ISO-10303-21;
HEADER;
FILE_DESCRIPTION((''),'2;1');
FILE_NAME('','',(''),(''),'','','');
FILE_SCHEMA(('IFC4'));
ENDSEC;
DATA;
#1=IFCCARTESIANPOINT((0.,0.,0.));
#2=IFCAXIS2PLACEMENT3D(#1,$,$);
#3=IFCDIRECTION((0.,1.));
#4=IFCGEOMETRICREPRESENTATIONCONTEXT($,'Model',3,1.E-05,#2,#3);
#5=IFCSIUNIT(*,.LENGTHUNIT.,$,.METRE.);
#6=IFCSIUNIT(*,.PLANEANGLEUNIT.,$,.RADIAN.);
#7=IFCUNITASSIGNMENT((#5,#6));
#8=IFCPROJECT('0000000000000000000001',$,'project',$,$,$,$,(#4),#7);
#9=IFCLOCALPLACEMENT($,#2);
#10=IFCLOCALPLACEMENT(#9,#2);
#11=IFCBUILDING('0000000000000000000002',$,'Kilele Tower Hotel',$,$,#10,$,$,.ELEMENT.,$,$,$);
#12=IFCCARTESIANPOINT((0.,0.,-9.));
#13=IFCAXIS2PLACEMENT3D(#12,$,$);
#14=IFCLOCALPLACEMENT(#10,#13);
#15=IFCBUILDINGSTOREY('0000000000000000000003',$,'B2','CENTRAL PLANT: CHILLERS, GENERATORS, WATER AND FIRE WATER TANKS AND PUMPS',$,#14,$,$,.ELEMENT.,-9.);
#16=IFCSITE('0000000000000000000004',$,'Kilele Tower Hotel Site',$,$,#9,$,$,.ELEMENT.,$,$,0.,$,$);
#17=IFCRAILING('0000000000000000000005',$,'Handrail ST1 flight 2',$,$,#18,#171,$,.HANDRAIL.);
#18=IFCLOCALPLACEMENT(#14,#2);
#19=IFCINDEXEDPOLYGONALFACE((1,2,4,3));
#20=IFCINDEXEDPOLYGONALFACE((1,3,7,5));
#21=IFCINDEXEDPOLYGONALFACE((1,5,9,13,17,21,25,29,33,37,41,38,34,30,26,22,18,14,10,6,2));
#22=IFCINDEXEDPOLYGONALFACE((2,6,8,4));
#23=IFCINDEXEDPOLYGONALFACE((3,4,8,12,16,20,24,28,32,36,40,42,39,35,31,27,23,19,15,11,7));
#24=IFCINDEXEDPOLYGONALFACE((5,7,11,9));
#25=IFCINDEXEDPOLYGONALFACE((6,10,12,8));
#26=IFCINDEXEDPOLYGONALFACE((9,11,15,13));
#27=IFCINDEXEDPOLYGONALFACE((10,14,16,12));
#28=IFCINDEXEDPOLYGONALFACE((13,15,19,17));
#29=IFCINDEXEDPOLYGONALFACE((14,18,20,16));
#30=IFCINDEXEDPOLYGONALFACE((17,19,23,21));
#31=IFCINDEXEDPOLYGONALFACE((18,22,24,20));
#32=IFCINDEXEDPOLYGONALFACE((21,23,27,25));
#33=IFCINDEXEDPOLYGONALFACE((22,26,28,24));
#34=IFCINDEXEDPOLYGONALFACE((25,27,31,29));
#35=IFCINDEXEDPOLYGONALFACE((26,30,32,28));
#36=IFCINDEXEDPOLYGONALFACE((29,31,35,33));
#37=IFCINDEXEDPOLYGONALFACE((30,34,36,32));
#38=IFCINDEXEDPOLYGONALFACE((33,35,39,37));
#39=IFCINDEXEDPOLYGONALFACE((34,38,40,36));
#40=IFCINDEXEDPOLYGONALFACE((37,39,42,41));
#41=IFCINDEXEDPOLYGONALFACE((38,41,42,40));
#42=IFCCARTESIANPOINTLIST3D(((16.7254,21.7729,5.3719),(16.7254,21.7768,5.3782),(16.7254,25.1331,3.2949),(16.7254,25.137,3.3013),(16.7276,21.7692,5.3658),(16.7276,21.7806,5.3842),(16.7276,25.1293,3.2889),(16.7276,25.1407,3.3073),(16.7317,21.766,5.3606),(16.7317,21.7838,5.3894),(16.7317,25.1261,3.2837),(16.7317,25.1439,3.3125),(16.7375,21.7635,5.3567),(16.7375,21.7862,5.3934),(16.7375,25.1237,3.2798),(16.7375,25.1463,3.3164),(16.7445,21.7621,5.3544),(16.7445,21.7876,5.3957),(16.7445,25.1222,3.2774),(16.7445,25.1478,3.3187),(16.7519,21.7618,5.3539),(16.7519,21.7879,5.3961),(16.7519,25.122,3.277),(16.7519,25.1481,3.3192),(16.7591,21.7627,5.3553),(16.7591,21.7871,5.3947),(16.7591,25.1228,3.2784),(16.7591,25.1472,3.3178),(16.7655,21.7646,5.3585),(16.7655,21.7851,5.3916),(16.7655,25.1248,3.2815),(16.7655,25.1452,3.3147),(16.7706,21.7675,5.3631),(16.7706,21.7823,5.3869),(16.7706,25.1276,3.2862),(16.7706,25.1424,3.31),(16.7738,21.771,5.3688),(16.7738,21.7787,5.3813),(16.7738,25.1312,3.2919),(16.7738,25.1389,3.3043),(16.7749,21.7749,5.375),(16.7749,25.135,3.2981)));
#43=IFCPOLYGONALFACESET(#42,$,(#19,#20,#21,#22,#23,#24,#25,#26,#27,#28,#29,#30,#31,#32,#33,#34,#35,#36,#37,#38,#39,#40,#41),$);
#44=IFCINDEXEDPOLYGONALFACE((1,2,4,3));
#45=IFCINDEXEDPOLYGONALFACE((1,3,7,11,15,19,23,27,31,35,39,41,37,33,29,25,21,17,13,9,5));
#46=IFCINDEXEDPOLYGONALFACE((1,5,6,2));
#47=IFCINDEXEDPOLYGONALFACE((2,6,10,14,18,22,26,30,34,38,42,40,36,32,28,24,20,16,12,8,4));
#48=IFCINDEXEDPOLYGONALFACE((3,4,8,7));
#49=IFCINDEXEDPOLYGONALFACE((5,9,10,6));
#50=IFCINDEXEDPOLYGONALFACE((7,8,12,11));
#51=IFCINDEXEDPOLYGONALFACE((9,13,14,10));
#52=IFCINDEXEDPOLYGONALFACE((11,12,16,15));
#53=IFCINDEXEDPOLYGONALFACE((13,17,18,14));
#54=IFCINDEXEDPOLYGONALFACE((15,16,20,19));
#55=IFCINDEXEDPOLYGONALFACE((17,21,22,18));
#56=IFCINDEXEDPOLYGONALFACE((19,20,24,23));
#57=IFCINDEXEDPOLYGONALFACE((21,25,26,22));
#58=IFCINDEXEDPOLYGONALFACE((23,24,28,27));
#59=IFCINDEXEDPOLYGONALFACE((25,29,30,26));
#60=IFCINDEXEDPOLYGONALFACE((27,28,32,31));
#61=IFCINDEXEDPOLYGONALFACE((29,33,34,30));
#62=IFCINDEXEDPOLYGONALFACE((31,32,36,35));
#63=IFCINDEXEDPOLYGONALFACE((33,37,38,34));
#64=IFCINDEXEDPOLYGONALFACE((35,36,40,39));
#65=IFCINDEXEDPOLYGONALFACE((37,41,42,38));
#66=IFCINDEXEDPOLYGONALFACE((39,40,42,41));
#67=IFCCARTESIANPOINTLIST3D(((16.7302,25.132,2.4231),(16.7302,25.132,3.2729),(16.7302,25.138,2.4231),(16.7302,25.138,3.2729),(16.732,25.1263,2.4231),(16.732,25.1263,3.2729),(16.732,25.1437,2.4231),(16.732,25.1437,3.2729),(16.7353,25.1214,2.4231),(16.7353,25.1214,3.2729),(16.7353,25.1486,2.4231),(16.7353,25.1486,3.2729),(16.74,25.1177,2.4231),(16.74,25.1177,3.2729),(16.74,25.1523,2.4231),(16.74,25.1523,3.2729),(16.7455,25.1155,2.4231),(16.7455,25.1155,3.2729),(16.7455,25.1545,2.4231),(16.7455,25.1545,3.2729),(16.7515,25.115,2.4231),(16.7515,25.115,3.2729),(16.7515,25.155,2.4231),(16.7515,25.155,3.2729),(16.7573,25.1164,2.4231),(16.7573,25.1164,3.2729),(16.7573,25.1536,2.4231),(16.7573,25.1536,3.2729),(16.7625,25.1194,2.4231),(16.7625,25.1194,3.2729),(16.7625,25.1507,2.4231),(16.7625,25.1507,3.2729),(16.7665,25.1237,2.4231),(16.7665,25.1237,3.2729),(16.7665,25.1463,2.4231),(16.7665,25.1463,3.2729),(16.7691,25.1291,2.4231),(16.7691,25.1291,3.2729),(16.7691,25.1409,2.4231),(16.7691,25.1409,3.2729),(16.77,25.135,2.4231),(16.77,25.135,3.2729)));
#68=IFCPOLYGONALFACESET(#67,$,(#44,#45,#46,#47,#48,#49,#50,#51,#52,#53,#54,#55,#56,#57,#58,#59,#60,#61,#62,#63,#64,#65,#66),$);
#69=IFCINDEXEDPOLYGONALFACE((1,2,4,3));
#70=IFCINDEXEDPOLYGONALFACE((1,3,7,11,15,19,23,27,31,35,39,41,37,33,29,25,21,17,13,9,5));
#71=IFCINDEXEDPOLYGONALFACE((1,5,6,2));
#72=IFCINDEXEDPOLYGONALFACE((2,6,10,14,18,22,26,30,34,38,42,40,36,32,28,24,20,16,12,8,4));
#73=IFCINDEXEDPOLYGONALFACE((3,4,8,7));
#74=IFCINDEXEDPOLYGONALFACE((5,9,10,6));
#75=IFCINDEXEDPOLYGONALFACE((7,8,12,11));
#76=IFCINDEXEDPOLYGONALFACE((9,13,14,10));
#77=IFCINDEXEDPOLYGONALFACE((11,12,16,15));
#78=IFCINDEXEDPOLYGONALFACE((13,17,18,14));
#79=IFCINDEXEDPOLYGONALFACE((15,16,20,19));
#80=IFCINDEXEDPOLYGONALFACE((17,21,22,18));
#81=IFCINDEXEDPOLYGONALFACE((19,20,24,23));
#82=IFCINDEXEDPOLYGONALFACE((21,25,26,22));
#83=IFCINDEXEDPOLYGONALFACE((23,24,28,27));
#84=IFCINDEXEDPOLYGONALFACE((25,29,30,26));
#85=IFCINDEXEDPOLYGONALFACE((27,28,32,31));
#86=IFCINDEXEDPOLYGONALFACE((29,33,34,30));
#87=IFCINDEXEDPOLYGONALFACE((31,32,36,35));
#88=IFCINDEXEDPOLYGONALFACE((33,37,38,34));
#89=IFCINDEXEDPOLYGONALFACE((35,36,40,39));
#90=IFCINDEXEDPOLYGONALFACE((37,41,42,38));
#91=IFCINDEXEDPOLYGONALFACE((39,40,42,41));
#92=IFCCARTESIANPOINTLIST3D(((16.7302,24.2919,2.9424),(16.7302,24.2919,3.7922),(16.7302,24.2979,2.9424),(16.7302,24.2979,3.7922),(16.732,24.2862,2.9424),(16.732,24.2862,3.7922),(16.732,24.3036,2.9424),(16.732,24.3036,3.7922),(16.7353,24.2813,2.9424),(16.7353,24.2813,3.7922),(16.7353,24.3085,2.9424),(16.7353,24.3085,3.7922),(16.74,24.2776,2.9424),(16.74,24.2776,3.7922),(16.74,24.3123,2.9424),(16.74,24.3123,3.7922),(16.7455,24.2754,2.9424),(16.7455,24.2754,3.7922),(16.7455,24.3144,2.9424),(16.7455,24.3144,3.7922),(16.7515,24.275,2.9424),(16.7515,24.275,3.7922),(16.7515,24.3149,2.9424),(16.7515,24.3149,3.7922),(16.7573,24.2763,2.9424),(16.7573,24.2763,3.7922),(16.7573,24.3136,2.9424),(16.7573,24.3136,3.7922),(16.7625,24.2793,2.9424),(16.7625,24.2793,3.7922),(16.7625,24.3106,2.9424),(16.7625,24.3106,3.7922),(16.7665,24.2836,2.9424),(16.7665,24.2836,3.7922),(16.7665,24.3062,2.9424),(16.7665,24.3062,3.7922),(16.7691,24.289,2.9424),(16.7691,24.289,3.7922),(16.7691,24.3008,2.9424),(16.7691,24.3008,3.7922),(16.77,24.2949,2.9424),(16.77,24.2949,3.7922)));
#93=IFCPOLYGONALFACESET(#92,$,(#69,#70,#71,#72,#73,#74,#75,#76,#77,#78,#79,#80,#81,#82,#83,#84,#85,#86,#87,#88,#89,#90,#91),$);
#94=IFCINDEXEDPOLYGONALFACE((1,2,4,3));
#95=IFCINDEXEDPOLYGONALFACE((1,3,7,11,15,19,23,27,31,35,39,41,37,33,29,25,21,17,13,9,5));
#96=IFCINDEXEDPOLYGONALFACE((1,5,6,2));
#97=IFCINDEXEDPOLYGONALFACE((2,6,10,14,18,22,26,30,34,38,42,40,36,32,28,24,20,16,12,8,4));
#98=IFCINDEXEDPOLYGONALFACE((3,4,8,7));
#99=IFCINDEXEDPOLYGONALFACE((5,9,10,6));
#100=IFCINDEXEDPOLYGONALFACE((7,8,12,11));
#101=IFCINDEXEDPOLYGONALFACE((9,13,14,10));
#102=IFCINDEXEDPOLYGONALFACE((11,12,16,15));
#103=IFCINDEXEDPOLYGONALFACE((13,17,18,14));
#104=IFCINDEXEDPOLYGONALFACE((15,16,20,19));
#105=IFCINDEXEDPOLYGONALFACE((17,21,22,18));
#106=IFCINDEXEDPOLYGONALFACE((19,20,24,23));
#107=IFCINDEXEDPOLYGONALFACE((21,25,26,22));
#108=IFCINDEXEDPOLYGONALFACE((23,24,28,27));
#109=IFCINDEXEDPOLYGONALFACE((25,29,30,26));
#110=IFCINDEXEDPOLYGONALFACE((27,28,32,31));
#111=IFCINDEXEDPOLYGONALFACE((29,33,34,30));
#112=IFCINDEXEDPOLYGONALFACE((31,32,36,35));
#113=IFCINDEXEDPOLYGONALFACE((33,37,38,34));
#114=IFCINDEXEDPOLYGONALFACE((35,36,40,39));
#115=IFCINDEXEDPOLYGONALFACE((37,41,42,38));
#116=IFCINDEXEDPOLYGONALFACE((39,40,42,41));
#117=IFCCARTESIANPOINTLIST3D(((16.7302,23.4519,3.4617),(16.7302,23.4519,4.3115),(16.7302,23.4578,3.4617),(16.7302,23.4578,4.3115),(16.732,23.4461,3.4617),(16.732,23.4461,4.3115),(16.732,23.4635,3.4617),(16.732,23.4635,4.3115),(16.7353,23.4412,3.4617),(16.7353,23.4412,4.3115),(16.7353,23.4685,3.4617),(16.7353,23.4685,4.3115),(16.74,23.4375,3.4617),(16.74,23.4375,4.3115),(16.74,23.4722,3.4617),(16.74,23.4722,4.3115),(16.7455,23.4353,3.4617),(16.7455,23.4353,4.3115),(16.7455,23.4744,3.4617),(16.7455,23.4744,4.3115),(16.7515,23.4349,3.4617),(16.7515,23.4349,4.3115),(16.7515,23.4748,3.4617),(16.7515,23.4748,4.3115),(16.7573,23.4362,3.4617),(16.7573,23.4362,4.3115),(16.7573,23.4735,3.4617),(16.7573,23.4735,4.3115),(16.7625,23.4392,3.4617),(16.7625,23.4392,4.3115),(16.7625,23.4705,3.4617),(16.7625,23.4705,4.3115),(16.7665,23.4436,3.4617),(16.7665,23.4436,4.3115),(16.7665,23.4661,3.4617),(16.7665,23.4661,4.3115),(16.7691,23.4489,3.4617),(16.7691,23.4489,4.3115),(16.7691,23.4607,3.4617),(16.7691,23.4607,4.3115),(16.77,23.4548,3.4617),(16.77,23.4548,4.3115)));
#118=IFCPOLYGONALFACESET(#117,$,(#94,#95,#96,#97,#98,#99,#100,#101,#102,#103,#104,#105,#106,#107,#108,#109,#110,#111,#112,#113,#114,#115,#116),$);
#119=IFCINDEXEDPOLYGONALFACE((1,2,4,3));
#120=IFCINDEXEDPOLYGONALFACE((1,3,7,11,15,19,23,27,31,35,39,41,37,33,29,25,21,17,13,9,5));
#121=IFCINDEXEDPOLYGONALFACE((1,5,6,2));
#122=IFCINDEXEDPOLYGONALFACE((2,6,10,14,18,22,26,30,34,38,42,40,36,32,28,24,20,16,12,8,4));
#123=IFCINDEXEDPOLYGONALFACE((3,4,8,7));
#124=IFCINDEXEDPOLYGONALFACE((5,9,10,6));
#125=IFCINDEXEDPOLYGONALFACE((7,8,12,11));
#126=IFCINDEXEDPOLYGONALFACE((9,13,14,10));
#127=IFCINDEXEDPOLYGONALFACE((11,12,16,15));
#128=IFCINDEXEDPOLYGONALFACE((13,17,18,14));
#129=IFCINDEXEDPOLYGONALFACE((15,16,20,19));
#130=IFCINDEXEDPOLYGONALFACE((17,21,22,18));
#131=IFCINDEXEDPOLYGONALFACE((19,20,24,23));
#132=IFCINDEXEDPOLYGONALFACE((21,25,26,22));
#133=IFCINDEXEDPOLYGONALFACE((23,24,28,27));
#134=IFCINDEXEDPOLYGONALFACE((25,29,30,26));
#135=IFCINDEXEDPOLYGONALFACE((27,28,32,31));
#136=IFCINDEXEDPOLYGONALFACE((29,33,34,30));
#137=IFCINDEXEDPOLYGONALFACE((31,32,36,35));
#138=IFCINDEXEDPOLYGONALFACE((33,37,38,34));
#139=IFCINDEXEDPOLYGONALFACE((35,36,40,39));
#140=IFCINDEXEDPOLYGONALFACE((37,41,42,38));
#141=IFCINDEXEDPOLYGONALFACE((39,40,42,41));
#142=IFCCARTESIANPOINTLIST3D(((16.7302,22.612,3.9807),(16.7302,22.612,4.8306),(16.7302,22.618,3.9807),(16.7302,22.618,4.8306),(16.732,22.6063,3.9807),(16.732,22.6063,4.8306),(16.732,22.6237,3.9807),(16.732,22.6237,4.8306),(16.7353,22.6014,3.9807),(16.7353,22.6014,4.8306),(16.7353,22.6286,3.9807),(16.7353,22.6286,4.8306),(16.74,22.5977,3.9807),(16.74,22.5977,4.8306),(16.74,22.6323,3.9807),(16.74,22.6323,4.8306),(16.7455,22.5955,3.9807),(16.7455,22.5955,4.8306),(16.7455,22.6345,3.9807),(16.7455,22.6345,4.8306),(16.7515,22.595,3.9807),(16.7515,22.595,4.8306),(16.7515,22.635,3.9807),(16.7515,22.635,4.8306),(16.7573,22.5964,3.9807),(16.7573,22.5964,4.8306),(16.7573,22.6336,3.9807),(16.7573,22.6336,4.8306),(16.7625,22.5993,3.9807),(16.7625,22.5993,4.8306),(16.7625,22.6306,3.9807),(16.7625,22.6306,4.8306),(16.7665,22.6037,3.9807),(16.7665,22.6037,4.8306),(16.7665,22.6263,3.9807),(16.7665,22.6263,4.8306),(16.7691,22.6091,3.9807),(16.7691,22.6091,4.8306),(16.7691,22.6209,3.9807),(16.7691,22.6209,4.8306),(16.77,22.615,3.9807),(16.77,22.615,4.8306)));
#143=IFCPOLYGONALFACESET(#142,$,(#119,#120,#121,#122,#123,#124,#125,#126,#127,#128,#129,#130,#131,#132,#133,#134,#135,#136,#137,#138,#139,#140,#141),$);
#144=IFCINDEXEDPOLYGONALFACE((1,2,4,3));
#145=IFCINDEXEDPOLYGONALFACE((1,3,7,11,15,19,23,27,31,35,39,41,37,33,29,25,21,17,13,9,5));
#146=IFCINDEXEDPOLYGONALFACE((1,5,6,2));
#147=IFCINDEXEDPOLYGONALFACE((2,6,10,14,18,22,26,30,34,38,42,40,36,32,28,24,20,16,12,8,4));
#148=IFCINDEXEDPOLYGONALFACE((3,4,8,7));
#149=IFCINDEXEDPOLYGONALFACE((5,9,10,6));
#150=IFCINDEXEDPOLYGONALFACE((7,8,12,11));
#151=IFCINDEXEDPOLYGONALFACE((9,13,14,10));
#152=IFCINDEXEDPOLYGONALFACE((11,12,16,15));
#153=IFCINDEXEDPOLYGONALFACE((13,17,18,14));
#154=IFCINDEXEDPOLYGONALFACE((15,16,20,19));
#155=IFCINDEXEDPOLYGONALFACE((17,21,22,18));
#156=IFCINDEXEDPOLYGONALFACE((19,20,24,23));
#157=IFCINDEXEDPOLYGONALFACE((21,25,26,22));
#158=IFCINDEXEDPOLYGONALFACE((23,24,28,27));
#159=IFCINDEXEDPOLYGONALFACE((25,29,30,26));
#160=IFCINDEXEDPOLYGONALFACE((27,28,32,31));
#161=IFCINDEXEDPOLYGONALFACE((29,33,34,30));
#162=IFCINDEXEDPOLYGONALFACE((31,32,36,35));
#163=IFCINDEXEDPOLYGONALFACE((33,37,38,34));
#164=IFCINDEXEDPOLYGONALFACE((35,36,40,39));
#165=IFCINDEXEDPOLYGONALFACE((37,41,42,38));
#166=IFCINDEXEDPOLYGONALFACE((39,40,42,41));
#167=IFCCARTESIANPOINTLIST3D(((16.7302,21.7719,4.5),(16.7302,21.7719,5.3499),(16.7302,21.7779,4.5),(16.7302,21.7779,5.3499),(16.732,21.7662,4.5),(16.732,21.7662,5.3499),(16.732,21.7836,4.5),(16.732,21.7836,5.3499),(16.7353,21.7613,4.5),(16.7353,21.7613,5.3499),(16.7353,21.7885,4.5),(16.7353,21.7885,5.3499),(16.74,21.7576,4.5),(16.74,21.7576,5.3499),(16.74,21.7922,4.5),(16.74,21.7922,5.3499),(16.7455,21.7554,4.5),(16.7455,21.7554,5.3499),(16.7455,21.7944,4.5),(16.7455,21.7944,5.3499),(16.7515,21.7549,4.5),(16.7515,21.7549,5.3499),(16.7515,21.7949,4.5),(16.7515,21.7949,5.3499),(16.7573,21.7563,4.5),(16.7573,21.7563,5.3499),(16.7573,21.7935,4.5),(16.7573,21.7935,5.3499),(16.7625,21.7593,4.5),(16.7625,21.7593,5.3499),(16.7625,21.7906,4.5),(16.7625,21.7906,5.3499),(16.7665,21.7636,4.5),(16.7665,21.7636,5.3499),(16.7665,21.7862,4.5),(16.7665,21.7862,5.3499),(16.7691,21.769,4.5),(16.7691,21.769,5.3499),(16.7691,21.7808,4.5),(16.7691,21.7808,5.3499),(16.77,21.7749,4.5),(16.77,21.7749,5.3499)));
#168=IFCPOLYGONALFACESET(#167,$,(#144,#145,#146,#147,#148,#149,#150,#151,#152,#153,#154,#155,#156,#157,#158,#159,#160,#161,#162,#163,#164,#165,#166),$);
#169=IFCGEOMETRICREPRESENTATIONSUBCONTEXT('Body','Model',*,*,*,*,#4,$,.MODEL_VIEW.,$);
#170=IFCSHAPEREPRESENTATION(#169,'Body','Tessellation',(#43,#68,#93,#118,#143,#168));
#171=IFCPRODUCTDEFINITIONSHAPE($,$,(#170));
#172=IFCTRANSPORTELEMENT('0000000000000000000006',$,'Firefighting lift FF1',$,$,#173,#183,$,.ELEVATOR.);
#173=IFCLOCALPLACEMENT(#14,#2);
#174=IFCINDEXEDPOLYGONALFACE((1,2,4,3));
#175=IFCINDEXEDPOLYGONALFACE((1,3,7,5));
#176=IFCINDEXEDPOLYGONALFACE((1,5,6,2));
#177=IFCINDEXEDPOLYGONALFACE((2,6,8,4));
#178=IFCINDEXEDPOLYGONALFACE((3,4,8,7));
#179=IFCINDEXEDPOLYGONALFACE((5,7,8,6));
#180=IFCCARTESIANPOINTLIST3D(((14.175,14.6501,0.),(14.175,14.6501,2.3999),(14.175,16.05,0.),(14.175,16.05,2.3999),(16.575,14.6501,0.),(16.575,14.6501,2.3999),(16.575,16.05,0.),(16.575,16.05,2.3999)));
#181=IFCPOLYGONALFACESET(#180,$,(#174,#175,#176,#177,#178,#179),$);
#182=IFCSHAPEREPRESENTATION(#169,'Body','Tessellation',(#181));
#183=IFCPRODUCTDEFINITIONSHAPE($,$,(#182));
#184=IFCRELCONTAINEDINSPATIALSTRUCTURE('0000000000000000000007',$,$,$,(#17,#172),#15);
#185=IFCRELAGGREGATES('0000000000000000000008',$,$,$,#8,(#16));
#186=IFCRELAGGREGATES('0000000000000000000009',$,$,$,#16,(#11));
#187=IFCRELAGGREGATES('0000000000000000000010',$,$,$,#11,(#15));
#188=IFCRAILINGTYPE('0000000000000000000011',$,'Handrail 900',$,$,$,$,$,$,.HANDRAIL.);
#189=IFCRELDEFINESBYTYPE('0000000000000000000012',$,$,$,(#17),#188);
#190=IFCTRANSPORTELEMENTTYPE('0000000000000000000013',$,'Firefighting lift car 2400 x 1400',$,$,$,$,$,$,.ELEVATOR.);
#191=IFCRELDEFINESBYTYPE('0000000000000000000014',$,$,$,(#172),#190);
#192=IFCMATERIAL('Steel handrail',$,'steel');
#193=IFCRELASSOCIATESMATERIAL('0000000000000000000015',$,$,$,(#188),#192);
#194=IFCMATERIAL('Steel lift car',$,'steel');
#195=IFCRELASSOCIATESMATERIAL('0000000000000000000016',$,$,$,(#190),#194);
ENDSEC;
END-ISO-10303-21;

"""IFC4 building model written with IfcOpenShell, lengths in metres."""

from ifc_helpers import new_model, si_unit, direction, frame, origin, origin_2d, place, context, subcontext, project, spatial, rectangle, circle, extrude, material, type_object, element, save


model = new_model("IFC4")

# Units and contexts
model_context = context("Model", 3, precision=1e-05, world=origin(), true_north=direction((0.0, 1.0)))
body_context = subcontext(model_context, "Body", "Model", "MODEL_VIEW")
ifc_project = project(units=[si_unit("LENGTHUNIT", "METRE"), si_unit("PLANEANGLEUNIT", "RADIAN")], contexts=[model_context])

# Site, building, storey
site_placement = place(None, origin())
site = spatial("IfcSite", under=ifc_project, at=site_placement, Name="Kilele Tower Hotel Site", CompositionType="ELEMENT", RefElevation=0.0)
building_placement = place(site_placement, origin())
building = spatial("IfcBuilding", under=site, at=building_placement, Name="Kilele Tower Hotel", CompositionType="ELEMENT")
storey_placement = place(building_placement, frame((0.0, 0.0, -9.0)))
storey = spatial("IfcBuildingStorey", under=building, at=storey_placement, Name="B2", Description="CENTRAL PLANT: CHILLERS, GENERATORS, WATER AND FIRE WATER TANKS AND PUMPS", CompositionType="ELEMENT", Elevation=-9.0)

# Railing
ifc_material_1 = material(Name="Steel handrail", Category="steel")
railing_type_1 = type_object("IfcRailingType", Name="Handrail 900", PredefinedType="HANDRAIL", material=ifc_material_1)
for number, where, name in (
    (1, (16.75, 25.135, 2.4231), "Handrail ST1 flight 2"),
):
    element("IfcRailing", number, at=place(storey_placement, frame(where)), inside=storey, type_object=railing_type_1, Name=name, PredefinedType="HANDRAIL", context=body_context, shape_type="SweptSolid", body=[
        extrude(circle(Radius=0.0249, at=origin_2d()), frame((0.0, 0.0, 0.875), z_axis=(0.0, -0.850623, 0.525776), x_axis=(1.0, 0.0, 0.0)), (0.0, 0.0, 1.0), 3.9502),
        extrude(circle(Radius=0.02, at=origin_2d()), origin(), (0.0, 0.0, 1.0), 0.8499),
        extrude(circle(Radius=0.02, at=origin_2d()), frame((0.0, -0.8401, 0.5193)), (0.0, 0.0, 1.0), 0.8499),
        extrude(circle(Radius=0.02, at=origin_2d()), frame((0.0, -1.6802, 1.0386)), (0.0, 0.0, 1.0), 0.8499),
        extrude(circle(Radius=0.02, at=origin_2d()), frame((0.0, -2.52, 1.5576)), (0.0, 0.0, 1.0), 0.8499),
        extrude(circle(Radius=0.02, at=origin_2d()), frame((0.0, -3.3601, 2.0769)), (0.0, 0.0, 1.0), 0.8499),
    ])

# Transport element
ifc_material_2 = material(Name="Steel lift car", Category="steel")
transport_element_type = type_object("IfcTransportElementType", Name="Firefighting lift car 2400 x 1400", PredefinedType="ELEVATOR", material=ifc_material_2)
transport_element_placement = place(storey_placement, frame((15.375, 15.3501, 0.0), z_axis=(0.0, 0.0, 1.0), x_axis=(1.0, 0.0, 0.0)))
element("IfcTransportElement", 2, at=transport_element_placement, inside=storey, type_object=transport_element_type, Name="Firefighting lift FF1", PredefinedType="ELEVATOR", context=body_context, shape_type="SweptSolid", body=[
    extrude(rectangle(XDim=2.3999, YDim=1.3999, at=origin_2d()), origin(), (0.0, 0.0, 1.0), 2.3999),
])

save(model, "model.ifc")
